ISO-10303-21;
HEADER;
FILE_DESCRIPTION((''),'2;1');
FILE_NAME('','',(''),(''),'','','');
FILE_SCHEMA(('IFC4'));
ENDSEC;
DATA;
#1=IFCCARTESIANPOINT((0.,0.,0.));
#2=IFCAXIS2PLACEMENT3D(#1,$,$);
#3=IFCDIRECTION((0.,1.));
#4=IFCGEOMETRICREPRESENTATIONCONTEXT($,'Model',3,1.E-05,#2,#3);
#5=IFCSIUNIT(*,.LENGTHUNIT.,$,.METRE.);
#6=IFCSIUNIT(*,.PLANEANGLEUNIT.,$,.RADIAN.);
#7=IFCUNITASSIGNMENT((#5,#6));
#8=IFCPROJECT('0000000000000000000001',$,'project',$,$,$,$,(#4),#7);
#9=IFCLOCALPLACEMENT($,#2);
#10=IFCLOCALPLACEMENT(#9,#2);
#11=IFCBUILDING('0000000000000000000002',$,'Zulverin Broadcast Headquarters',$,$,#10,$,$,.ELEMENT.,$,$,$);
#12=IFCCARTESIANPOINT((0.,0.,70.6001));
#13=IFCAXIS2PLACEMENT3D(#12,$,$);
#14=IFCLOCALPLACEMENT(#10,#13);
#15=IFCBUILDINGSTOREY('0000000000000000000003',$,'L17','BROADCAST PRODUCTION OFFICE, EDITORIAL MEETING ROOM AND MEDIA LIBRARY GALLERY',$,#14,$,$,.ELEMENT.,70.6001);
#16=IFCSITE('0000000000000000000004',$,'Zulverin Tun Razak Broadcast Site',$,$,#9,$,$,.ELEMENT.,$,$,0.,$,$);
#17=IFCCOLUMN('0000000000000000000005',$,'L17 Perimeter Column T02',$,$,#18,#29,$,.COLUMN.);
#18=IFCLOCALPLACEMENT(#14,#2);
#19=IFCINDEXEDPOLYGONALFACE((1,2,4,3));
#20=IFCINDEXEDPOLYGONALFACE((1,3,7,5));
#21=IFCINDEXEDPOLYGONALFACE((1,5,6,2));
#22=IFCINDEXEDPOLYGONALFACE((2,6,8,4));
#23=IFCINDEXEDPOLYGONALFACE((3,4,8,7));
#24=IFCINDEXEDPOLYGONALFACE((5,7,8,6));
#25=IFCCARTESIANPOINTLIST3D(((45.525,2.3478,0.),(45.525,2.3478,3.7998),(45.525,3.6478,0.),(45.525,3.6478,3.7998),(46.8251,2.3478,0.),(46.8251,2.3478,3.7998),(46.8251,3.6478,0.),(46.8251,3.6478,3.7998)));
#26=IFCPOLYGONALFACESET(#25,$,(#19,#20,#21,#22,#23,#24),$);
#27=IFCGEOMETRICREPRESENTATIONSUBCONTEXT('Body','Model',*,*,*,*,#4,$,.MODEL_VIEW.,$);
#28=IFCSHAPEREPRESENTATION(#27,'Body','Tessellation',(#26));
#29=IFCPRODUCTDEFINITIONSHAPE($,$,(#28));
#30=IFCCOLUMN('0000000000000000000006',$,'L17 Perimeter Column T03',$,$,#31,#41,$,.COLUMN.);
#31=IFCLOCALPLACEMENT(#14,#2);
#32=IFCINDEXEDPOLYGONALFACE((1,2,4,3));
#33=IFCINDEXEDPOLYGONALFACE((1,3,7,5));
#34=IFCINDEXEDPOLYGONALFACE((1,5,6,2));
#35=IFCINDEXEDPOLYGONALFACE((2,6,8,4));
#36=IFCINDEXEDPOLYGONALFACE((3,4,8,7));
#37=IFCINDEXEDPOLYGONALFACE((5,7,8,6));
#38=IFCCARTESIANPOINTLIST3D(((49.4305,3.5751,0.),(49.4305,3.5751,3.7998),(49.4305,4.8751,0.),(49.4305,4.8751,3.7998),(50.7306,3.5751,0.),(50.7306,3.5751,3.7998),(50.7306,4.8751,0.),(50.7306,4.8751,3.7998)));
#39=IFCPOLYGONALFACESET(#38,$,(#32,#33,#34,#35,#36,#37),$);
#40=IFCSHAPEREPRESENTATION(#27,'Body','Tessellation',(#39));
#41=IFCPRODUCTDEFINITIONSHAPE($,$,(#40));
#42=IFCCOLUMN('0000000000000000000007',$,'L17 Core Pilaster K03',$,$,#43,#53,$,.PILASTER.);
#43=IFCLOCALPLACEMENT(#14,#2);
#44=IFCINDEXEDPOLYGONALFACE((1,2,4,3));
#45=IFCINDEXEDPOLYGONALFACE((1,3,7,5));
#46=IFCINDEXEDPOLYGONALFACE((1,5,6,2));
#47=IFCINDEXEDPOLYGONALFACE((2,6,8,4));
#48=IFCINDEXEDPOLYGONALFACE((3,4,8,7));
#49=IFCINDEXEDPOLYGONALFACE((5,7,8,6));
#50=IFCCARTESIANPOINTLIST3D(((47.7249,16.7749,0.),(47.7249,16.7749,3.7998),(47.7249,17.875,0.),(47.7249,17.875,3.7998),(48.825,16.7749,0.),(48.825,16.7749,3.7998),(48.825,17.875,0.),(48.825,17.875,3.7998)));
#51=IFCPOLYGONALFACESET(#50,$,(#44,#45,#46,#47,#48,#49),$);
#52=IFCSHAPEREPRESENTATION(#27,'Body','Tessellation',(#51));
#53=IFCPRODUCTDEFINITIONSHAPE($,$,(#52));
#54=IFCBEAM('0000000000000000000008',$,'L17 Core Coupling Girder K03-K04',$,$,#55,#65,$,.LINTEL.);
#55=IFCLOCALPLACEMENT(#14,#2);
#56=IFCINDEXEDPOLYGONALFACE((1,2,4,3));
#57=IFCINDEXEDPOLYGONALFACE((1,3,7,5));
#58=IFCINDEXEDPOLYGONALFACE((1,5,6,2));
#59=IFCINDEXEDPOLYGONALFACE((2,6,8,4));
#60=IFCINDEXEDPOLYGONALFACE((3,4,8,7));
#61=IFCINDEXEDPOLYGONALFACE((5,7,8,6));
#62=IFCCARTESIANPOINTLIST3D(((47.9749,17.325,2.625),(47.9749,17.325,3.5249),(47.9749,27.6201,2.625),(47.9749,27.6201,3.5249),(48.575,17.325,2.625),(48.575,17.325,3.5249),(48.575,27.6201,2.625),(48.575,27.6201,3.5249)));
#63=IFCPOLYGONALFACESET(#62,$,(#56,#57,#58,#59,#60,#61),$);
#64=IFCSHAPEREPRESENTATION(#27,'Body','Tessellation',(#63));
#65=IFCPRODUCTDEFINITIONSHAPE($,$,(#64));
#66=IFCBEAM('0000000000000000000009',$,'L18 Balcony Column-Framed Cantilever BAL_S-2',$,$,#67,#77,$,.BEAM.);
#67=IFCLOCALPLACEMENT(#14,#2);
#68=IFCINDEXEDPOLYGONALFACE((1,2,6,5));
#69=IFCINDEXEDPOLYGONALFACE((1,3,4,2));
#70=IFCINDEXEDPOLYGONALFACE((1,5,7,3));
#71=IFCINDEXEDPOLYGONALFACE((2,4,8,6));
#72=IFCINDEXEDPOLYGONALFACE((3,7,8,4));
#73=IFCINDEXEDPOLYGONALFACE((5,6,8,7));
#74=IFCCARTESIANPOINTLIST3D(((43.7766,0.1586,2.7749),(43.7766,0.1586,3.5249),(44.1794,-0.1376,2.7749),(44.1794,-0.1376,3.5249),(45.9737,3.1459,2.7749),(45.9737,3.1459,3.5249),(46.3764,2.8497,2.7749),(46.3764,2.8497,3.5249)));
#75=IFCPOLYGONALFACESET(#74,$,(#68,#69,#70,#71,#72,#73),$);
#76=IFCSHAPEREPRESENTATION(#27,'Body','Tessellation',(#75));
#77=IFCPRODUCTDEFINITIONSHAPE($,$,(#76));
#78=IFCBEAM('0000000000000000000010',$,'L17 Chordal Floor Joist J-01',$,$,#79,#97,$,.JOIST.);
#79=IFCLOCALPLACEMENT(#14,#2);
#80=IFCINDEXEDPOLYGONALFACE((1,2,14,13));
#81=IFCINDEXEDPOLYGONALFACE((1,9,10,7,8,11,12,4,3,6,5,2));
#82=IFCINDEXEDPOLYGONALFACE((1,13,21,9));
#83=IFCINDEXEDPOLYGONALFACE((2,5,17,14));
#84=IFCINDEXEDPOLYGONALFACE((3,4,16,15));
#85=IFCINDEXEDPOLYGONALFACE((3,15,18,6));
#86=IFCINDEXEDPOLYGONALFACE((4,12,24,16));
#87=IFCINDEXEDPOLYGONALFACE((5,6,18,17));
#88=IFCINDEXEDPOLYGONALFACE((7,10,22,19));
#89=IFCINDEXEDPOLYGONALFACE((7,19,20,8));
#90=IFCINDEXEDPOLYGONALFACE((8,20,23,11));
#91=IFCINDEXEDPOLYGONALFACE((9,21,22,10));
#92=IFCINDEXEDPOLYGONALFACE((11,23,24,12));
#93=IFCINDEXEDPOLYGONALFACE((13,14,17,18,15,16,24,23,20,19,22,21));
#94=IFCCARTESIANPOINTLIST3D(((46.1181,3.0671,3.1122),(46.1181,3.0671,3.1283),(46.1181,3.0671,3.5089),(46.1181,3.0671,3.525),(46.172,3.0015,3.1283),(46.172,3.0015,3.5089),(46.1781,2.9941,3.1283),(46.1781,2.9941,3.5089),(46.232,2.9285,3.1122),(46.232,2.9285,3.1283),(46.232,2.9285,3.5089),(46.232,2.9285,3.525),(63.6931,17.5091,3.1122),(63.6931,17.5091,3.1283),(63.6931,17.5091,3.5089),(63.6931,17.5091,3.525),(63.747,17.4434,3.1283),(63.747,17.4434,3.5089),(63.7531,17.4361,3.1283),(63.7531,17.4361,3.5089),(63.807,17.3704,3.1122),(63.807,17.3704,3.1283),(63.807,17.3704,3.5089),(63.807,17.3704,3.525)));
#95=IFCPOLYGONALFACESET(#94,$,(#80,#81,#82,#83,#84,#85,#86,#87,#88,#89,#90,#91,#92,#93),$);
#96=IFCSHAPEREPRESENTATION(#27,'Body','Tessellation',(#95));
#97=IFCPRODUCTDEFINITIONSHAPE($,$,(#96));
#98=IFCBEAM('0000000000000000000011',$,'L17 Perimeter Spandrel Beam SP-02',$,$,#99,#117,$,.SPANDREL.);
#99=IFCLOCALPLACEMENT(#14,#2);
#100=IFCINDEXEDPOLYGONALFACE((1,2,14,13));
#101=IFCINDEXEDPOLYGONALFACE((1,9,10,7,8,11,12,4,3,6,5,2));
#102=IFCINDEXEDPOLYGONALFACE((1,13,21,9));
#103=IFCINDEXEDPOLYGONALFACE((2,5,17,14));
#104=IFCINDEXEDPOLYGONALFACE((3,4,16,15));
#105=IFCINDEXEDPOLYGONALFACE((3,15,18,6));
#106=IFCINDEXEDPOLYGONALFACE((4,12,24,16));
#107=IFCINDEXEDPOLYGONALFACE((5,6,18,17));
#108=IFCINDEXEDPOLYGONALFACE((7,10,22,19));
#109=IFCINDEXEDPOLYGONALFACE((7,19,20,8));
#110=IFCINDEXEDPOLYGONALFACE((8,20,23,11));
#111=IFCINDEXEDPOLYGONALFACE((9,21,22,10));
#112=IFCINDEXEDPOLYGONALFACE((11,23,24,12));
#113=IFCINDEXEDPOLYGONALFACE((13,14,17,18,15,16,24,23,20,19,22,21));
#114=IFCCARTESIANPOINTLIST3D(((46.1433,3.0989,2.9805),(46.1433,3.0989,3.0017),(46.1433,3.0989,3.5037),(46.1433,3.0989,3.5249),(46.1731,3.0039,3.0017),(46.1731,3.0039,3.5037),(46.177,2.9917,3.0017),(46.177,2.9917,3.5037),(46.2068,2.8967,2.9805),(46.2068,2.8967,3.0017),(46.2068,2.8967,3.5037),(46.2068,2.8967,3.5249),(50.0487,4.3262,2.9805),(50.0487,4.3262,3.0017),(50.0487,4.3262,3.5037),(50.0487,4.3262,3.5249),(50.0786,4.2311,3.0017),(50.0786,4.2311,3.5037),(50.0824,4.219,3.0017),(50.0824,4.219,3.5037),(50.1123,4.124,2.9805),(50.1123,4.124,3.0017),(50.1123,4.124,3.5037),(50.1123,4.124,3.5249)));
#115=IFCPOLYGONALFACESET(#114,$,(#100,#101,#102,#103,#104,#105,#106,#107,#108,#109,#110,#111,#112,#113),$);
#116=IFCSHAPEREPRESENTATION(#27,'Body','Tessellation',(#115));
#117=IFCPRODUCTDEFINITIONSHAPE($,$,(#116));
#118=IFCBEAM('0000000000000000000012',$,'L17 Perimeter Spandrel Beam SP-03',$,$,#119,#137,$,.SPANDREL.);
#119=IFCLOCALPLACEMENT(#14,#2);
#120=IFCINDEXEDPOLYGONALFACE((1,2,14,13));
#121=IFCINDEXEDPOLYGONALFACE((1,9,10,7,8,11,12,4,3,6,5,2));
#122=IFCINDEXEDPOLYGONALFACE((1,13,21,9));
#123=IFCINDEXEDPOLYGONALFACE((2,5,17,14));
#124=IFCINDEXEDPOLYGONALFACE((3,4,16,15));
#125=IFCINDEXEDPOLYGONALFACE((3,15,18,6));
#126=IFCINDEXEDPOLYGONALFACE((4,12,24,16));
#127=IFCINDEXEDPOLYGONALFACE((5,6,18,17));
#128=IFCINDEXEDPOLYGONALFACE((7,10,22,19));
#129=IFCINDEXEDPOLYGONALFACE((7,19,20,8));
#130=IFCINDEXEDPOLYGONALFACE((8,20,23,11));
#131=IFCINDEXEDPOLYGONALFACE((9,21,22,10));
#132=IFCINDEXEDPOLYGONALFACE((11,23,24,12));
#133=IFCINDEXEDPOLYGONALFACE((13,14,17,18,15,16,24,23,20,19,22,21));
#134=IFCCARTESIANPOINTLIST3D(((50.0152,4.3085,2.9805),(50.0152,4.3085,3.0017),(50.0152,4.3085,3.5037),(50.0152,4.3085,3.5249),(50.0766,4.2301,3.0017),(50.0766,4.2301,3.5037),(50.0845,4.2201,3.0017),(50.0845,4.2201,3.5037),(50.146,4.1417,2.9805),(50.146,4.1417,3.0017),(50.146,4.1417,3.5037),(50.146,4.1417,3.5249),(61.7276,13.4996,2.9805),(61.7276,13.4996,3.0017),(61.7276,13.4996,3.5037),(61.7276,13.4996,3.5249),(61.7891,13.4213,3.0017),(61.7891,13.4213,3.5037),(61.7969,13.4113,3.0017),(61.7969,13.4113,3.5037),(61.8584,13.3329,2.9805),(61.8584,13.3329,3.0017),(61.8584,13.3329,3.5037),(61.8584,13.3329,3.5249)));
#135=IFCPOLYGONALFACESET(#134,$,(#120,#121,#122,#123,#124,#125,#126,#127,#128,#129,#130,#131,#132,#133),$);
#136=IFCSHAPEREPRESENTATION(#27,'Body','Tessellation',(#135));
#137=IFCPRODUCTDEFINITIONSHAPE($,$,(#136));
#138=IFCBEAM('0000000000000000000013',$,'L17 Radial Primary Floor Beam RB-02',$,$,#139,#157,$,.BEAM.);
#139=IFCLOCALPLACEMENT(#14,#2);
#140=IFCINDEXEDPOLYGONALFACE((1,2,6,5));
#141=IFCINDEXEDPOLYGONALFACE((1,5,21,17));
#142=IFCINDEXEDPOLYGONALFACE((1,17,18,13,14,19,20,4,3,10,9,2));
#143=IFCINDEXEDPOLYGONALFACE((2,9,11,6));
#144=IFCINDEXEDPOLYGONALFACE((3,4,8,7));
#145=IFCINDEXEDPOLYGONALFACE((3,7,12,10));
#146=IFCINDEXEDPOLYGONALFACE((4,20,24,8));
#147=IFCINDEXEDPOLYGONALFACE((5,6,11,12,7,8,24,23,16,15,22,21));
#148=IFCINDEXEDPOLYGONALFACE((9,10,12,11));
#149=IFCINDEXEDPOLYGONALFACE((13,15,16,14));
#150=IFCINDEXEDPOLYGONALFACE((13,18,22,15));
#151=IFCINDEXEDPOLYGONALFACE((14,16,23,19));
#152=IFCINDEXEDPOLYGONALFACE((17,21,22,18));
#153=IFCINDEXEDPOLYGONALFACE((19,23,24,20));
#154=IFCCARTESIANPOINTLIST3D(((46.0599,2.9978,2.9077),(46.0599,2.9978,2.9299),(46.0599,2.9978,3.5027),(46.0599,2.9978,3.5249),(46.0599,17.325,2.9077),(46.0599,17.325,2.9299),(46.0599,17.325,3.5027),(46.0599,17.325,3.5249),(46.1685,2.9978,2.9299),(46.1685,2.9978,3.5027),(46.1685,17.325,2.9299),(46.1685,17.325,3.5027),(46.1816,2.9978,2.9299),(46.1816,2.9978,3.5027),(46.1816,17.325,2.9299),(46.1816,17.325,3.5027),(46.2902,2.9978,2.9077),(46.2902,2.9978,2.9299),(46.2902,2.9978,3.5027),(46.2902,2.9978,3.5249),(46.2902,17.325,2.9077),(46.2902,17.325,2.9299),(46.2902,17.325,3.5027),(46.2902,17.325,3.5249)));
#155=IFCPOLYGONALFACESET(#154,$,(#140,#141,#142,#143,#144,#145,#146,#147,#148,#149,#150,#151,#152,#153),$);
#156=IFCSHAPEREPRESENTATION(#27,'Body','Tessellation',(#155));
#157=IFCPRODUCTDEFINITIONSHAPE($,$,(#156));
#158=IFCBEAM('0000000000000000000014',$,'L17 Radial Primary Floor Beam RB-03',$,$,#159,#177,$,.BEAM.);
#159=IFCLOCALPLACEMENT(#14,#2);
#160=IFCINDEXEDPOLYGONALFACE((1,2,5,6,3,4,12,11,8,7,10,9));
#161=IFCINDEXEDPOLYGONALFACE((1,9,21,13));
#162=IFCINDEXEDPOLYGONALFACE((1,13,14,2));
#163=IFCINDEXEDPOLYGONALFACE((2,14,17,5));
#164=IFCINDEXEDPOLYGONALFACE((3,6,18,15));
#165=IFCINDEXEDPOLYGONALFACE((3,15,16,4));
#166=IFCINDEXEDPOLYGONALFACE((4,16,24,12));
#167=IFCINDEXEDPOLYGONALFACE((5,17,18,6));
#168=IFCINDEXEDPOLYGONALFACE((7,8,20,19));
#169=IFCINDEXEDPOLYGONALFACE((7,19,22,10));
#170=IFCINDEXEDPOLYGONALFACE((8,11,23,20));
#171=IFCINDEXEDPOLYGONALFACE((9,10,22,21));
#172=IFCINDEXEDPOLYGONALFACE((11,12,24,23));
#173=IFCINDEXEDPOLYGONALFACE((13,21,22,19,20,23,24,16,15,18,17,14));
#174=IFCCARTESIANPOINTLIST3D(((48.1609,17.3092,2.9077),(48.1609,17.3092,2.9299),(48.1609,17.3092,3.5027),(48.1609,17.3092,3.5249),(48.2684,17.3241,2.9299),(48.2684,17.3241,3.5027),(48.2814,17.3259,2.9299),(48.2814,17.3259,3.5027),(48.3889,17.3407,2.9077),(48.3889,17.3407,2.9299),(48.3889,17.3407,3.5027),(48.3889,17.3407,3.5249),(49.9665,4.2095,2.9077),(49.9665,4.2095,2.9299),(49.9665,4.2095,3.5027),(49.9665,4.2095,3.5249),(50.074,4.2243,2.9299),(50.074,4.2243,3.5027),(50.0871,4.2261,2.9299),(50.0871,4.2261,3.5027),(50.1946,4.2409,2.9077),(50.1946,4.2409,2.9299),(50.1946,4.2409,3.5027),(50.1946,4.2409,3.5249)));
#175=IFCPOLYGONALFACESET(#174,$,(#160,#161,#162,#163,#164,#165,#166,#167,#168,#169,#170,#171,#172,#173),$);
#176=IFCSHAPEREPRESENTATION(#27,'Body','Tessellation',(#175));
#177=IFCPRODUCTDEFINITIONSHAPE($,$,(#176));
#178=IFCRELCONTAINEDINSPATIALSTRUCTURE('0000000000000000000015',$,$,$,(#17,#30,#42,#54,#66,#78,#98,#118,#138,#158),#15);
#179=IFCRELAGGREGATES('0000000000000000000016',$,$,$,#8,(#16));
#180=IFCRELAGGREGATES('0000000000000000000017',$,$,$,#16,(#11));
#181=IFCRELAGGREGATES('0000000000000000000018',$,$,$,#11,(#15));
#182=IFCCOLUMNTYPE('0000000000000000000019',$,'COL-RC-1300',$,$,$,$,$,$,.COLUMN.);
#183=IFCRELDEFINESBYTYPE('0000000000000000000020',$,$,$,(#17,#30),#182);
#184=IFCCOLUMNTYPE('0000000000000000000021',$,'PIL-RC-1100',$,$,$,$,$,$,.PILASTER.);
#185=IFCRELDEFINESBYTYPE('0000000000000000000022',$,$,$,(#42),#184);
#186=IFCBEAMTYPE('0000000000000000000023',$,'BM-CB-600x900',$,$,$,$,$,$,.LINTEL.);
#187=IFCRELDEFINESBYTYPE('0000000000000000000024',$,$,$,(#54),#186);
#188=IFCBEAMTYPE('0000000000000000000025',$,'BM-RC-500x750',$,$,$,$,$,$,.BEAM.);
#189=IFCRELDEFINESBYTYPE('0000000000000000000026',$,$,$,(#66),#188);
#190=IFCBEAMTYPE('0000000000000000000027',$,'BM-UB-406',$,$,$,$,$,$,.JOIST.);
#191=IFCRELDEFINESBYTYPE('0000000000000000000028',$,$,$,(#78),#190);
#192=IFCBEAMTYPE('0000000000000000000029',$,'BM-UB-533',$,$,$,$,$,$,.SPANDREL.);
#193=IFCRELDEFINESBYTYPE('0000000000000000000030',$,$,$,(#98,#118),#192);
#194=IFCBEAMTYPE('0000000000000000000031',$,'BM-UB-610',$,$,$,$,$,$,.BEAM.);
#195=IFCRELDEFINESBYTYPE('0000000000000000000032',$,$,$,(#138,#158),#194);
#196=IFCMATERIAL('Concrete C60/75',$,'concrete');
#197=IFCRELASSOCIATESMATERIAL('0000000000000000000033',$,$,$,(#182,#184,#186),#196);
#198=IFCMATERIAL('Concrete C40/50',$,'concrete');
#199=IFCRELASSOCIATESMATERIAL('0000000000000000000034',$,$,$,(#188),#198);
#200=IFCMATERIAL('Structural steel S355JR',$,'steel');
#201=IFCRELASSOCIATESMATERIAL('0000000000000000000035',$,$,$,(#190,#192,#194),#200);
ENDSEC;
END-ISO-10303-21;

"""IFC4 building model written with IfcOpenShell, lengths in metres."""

from ifc_helpers import new_model, si_unit, direction, frame, origin, origin_2d, place, context, subcontext, project, spatial, rectangle, i_section, extrude, material, material_profile, profile_set, type_object, element, save


model = new_model("IFC4")

# Units and contexts
model_context = context("Model", 3, precision=1e-05, world=origin(), true_north=direction((0.0, 1.0)))
body_context = subcontext(model_context, "Body", "Model", "MODEL_VIEW")
ifc_project = project(units=[si_unit("LENGTHUNIT", "METRE"), si_unit("PLANEANGLEUNIT", "RADIAN")], contexts=[model_context])

# Site, building, storey
site_placement = place(None, origin())
site = spatial("IfcSite", under=ifc_project, at=site_placement, Name="Zulverin Tun Razak Broadcast Site", CompositionType="ELEMENT", RefElevation=0.0)
building_placement = place(site_placement, origin())
building = spatial("IfcBuilding", under=site, at=building_placement, Name="Zulverin Broadcast Headquarters", CompositionType="ELEMENT")
storey_placement = place(building_placement, frame((0.0, 0.0, 70.6001)))
storey = spatial("IfcBuildingStorey", under=building, at=storey_placement, Name="L17", Description="BROADCAST PRODUCTION OFFICE, EDITORIAL MEETING ROOM AND MEDIA LIBRARY GALLERY", CompositionType="ELEMENT", Elevation=70.6001)

# Columns
ifc_material_1 = material(Name="Concrete C60/75", Category="concrete")
ifc_material_profile_1 = material_profile(ifc_material_1, rectangle(XDim=1.3, YDim=1.3, at=origin_2d()), Name="Concrete C60/75", Category="concrete")
ifc_profile_set_1 = profile_set([ifc_material_profile_1], Name="Concrete C60/75")
column_type_1 = type_object("IfcColumnType", Name="COL-RC-1300", PredefinedType="COLUMN", material=ifc_profile_set_1)
for number, where, z_axis, x_axis, name in (
    (1, (46.175, 2.9978, 0.0), (0.0, 0.0, 1.0), (1.0, 0.0, 0.0), "L17 Perimeter Column T02"),
    (2, (50.0806, 4.2251, 0.0), (0.0, 0.0, 1.0), (1.0, 0.0, 0.0), "L17 Perimeter Column T03"),
):
    element("IfcColumn", number, at=place(storey_placement, frame(where, z_axis=z_axis, x_axis=x_axis)), inside=storey, type_object=column_type_1, Name=name, PredefinedType="COLUMN", context=body_context, shape_type="SweptSolid", body=[
        extrude(rectangle(XDim=1.3, YDim=1.3, at=origin_2d()), origin(), (0.0, 0.0, 1.0), 3.7998),
    ])
ifc_material_profile_2 = material_profile(ifc_material_1, rectangle(XDim=1.1001, YDim=1.1001, at=origin_2d()), Name="Concrete C60/75", Category="concrete")
ifc_profile_set_2 = profile_set([ifc_material_profile_2], Name="Concrete C60/75")
column_type_2 = type_object("IfcColumnType", Name="PIL-RC-1100", PredefinedType="PILASTER", material=ifc_profile_set_2)
column_placement = place(storey_placement, frame((48.2749, 17.325, 0.0), z_axis=(0.0, 0.0, 1.0), x_axis=(1.0, 0.0, 0.0)))
element("IfcColumn", 3, at=column_placement, inside=storey, type_object=column_type_2, Name="L17 Core Pilaster K03", PredefinedType="PILASTER", context=body_context, shape_type="SweptSolid", body=[
    extrude(rectangle(XDim=1.1001, YDim=1.1001, at=origin_2d()), origin(), (0.0, 0.0, 1.0), 3.7998),
])

# Beams
ifc_material_profile_3 = material_profile(ifc_material_1, rectangle(XDim=0.6001, YDim=0.8999, at=origin_2d()), Name="Concrete C60/75", Category="concrete")
ifc_profile_set_3 = profile_set([ifc_material_profile_3], Name="Concrete C60/75")
beam_type_1 = type_object("IfcBeamType", Name="BM-CB-600x900", PredefinedType="LINTEL", material=ifc_profile_set_3)
beam_1_placement = place(storey_placement, frame((48.2749, 17.325, 3.075), z_axis=(0.0, 1.0, 0.0), x_axis=(-1.0, 0.0, 0.0)))
element("IfcBeam", 4, at=beam_1_placement, inside=storey, type_object=beam_type_1, Name="L17 Core Coupling Girder K03-K04", PredefinedType="LINTEL", context=body_context, shape_type="SweptSolid", body=[
    extrude(rectangle(XDim=0.6001, YDim=0.8999, at=origin_2d()), origin(), (0.0, 0.0, 1.0), 10.2952),
])
ifc_material_2 = material(Name="Concrete C40/50", Category="concrete")
ifc_material_profile_4 = material_profile(ifc_material_2, rectangle(XDim=0.5, YDim=0.75, at=origin_2d()), Name="Concrete C40/50", Category="concrete")
ifc_profile_set_4 = profile_set([ifc_material_profile_4], Name="Concrete C40/50")
beam_type_2 = type_object("IfcBeamType", Name="BM-RC-500x750", PredefinedType="BEAM", material=ifc_profile_set_4)
beam_2_placement = place(storey_placement, frame((46.175, 2.9978, 3.1499), z_axis=(-0.592473, -0.80559, 0.0), x_axis=(0.80559, -0.592473, 0.0)))
element("IfcBeam", 5, at=beam_2_placement, inside=storey, type_object=beam_type_2, Name="L18 Balcony Column-Framed Cantilever BAL_S-2", PredefinedType="BEAM", context=body_context, shape_type="SweptSolid", body=[
    extrude(rectangle(XDim=0.5, YDim=0.75, at=origin_2d()), origin(), (0.0, 0.0, 1.0), 3.7083),
])
ifc_material_3 = material(Name="Structural steel S355JR", Category="steel")
ifc_material_profile_5 = material_profile(ifc_material_3, i_section(OverallWidth=0.1794, OverallDepth=0.4128, WebThickness=0.0095, FlangeThickness=0.0161, at=origin_2d()), Name="Structural steel S355JR", Category="steel")
ifc_profile_set_5 = profile_set([ifc_material_profile_5], Name="Structural steel S355JR")
beam_type_3 = type_object("IfcBeamType", Name="BM-UB-406", PredefinedType="JOIST", material=ifc_profile_set_5)
beam_3_placement = place(storey_placement, frame((46.175, 2.9978, 3.3186), z_axis=(0.772611, 0.634879, 0.0), x_axis=(-0.634879, 0.772611, 0.0)))
element("IfcBeam", 6, at=beam_3_placement, inside=storey, type_object=beam_type_3, Name="L17 Chordal Floor Joist J-01", PredefinedType="JOIST", context=body_context, shape_type="SweptSolid", body=[
    extrude(i_section(OverallWidth=0.1794, OverallDepth=0.4128, WebThickness=0.0095, FlangeThickness=0.0161, at=origin_2d()), origin(), (0.0, 0.0, 1.0), 22.7476),
])
ifc_material_profile_6 = material_profile(ifc_material_3, i_section(OverallWidth=0.2119, OverallDepth=0.5444, WebThickness=0.0127, FlangeThickness=0.0212, at=origin_2d()), Name="Structural steel S355JR", Category="steel")
ifc_profile_set_6 = profile_set([ifc_material_profile_6], Name="Structural steel S355JR")
beam_type_4 = type_object("IfcBeamType", Name="BM-UB-533", PredefinedType="SPANDREL", material=ifc_profile_set_6)
beam_4_placement = place(storey_placement, frame((46.175, 2.9978, 3.2527), z_axis=(0.954004, 0.299792, 0.0), x_axis=(-0.299792, 0.954004, 0.0)))
element("IfcBeam", 7, at=beam_4_placement, inside=storey, type_object=beam_type_4, Name="L17 Perimeter Spandrel Beam SP-02", PredefinedType="SPANDREL", context=body_context, shape_type="SweptSolid", body=[
    extrude(i_section(OverallWidth=0.2119, OverallDepth=0.5444, WebThickness=0.0127, FlangeThickness=0.0212, at=origin_2d()), origin(), (0.0, 0.0, 1.0), 4.0938),
])
beam_5_placement = place(storey_placement, frame((50.0806, 4.2251, 3.2527), z_axis=(0.786691, 0.617346, 0.0), x_axis=(-0.617346, 0.786691, 0.0)))
element("IfcBeam", 8, at=beam_5_placement, inside=storey, type_object=beam_type_4, Name="L17 Perimeter Spandrel Beam SP-03", PredefinedType="SPANDREL", context=body_context, shape_type="SweptSolid", body=[
    extrude(i_section(OverallWidth=0.2119, OverallDepth=0.5444, WebThickness=0.0127, FlangeThickness=0.0212, at=origin_2d()), origin(), (0.0, 0.0, 1.0), 14.8882),
])
ifc_material_profile_7 = material_profile(ifc_material_3, i_section(OverallWidth=0.2302, OverallDepth=0.6172, WebThickness=0.0132, FlangeThickness=0.0222, at=origin_2d()), Name="Structural steel S355JR", Category="steel")
ifc_profile_set_7 = profile_set([ifc_material_profile_7], Name="Structural steel S355JR")
beam_type_5 = type_object("IfcBeamType", Name="BM-UB-610", PredefinedType="BEAM", material=ifc_profile_set_7)
beam_6_placement = place(storey_placement, frame((46.175, 17.325, 3.2163), z_axis=(0.0, -1.0, 0.0), x_axis=(1.0, 0.0, 0.0)))
element("IfcBeam", 9, at=beam_6_placement, inside=storey, type_object=beam_type_5, Name="L17 Radial Primary Floor Beam RB-02", PredefinedType="BEAM", context=body_context, shape_type="SweptSolid", body=[
    extrude(i_section(OverallWidth=0.2302, OverallDepth=0.6172, WebThickness=0.0132, FlangeThickness=0.0222, at=origin_2d()), origin(), (0.0, 0.0, 1.0), 14.3271),
])
beam_7_placement = place(storey_placement, frame((48.2749, 17.325, 3.2163), z_axis=(0.136547, -0.990634, 0.0), x_axis=(0.990634, 0.136547, 0.0)))
element("IfcBeam", 10, at=beam_7_placement, inside=storey, type_object=beam_type_5, Name="L17 Radial Primary Floor Beam RB-03", PredefinedType="BEAM", context=body_context, shape_type="SweptSolid", body=[
    extrude(i_section(OverallWidth=0.2302, OverallDepth=0.6172, WebThickness=0.0132, FlangeThickness=0.0222, at=origin_2d()), origin(), (0.0, 0.0, 1.0), 13.2236),
])

save(model, "model.ifc")
